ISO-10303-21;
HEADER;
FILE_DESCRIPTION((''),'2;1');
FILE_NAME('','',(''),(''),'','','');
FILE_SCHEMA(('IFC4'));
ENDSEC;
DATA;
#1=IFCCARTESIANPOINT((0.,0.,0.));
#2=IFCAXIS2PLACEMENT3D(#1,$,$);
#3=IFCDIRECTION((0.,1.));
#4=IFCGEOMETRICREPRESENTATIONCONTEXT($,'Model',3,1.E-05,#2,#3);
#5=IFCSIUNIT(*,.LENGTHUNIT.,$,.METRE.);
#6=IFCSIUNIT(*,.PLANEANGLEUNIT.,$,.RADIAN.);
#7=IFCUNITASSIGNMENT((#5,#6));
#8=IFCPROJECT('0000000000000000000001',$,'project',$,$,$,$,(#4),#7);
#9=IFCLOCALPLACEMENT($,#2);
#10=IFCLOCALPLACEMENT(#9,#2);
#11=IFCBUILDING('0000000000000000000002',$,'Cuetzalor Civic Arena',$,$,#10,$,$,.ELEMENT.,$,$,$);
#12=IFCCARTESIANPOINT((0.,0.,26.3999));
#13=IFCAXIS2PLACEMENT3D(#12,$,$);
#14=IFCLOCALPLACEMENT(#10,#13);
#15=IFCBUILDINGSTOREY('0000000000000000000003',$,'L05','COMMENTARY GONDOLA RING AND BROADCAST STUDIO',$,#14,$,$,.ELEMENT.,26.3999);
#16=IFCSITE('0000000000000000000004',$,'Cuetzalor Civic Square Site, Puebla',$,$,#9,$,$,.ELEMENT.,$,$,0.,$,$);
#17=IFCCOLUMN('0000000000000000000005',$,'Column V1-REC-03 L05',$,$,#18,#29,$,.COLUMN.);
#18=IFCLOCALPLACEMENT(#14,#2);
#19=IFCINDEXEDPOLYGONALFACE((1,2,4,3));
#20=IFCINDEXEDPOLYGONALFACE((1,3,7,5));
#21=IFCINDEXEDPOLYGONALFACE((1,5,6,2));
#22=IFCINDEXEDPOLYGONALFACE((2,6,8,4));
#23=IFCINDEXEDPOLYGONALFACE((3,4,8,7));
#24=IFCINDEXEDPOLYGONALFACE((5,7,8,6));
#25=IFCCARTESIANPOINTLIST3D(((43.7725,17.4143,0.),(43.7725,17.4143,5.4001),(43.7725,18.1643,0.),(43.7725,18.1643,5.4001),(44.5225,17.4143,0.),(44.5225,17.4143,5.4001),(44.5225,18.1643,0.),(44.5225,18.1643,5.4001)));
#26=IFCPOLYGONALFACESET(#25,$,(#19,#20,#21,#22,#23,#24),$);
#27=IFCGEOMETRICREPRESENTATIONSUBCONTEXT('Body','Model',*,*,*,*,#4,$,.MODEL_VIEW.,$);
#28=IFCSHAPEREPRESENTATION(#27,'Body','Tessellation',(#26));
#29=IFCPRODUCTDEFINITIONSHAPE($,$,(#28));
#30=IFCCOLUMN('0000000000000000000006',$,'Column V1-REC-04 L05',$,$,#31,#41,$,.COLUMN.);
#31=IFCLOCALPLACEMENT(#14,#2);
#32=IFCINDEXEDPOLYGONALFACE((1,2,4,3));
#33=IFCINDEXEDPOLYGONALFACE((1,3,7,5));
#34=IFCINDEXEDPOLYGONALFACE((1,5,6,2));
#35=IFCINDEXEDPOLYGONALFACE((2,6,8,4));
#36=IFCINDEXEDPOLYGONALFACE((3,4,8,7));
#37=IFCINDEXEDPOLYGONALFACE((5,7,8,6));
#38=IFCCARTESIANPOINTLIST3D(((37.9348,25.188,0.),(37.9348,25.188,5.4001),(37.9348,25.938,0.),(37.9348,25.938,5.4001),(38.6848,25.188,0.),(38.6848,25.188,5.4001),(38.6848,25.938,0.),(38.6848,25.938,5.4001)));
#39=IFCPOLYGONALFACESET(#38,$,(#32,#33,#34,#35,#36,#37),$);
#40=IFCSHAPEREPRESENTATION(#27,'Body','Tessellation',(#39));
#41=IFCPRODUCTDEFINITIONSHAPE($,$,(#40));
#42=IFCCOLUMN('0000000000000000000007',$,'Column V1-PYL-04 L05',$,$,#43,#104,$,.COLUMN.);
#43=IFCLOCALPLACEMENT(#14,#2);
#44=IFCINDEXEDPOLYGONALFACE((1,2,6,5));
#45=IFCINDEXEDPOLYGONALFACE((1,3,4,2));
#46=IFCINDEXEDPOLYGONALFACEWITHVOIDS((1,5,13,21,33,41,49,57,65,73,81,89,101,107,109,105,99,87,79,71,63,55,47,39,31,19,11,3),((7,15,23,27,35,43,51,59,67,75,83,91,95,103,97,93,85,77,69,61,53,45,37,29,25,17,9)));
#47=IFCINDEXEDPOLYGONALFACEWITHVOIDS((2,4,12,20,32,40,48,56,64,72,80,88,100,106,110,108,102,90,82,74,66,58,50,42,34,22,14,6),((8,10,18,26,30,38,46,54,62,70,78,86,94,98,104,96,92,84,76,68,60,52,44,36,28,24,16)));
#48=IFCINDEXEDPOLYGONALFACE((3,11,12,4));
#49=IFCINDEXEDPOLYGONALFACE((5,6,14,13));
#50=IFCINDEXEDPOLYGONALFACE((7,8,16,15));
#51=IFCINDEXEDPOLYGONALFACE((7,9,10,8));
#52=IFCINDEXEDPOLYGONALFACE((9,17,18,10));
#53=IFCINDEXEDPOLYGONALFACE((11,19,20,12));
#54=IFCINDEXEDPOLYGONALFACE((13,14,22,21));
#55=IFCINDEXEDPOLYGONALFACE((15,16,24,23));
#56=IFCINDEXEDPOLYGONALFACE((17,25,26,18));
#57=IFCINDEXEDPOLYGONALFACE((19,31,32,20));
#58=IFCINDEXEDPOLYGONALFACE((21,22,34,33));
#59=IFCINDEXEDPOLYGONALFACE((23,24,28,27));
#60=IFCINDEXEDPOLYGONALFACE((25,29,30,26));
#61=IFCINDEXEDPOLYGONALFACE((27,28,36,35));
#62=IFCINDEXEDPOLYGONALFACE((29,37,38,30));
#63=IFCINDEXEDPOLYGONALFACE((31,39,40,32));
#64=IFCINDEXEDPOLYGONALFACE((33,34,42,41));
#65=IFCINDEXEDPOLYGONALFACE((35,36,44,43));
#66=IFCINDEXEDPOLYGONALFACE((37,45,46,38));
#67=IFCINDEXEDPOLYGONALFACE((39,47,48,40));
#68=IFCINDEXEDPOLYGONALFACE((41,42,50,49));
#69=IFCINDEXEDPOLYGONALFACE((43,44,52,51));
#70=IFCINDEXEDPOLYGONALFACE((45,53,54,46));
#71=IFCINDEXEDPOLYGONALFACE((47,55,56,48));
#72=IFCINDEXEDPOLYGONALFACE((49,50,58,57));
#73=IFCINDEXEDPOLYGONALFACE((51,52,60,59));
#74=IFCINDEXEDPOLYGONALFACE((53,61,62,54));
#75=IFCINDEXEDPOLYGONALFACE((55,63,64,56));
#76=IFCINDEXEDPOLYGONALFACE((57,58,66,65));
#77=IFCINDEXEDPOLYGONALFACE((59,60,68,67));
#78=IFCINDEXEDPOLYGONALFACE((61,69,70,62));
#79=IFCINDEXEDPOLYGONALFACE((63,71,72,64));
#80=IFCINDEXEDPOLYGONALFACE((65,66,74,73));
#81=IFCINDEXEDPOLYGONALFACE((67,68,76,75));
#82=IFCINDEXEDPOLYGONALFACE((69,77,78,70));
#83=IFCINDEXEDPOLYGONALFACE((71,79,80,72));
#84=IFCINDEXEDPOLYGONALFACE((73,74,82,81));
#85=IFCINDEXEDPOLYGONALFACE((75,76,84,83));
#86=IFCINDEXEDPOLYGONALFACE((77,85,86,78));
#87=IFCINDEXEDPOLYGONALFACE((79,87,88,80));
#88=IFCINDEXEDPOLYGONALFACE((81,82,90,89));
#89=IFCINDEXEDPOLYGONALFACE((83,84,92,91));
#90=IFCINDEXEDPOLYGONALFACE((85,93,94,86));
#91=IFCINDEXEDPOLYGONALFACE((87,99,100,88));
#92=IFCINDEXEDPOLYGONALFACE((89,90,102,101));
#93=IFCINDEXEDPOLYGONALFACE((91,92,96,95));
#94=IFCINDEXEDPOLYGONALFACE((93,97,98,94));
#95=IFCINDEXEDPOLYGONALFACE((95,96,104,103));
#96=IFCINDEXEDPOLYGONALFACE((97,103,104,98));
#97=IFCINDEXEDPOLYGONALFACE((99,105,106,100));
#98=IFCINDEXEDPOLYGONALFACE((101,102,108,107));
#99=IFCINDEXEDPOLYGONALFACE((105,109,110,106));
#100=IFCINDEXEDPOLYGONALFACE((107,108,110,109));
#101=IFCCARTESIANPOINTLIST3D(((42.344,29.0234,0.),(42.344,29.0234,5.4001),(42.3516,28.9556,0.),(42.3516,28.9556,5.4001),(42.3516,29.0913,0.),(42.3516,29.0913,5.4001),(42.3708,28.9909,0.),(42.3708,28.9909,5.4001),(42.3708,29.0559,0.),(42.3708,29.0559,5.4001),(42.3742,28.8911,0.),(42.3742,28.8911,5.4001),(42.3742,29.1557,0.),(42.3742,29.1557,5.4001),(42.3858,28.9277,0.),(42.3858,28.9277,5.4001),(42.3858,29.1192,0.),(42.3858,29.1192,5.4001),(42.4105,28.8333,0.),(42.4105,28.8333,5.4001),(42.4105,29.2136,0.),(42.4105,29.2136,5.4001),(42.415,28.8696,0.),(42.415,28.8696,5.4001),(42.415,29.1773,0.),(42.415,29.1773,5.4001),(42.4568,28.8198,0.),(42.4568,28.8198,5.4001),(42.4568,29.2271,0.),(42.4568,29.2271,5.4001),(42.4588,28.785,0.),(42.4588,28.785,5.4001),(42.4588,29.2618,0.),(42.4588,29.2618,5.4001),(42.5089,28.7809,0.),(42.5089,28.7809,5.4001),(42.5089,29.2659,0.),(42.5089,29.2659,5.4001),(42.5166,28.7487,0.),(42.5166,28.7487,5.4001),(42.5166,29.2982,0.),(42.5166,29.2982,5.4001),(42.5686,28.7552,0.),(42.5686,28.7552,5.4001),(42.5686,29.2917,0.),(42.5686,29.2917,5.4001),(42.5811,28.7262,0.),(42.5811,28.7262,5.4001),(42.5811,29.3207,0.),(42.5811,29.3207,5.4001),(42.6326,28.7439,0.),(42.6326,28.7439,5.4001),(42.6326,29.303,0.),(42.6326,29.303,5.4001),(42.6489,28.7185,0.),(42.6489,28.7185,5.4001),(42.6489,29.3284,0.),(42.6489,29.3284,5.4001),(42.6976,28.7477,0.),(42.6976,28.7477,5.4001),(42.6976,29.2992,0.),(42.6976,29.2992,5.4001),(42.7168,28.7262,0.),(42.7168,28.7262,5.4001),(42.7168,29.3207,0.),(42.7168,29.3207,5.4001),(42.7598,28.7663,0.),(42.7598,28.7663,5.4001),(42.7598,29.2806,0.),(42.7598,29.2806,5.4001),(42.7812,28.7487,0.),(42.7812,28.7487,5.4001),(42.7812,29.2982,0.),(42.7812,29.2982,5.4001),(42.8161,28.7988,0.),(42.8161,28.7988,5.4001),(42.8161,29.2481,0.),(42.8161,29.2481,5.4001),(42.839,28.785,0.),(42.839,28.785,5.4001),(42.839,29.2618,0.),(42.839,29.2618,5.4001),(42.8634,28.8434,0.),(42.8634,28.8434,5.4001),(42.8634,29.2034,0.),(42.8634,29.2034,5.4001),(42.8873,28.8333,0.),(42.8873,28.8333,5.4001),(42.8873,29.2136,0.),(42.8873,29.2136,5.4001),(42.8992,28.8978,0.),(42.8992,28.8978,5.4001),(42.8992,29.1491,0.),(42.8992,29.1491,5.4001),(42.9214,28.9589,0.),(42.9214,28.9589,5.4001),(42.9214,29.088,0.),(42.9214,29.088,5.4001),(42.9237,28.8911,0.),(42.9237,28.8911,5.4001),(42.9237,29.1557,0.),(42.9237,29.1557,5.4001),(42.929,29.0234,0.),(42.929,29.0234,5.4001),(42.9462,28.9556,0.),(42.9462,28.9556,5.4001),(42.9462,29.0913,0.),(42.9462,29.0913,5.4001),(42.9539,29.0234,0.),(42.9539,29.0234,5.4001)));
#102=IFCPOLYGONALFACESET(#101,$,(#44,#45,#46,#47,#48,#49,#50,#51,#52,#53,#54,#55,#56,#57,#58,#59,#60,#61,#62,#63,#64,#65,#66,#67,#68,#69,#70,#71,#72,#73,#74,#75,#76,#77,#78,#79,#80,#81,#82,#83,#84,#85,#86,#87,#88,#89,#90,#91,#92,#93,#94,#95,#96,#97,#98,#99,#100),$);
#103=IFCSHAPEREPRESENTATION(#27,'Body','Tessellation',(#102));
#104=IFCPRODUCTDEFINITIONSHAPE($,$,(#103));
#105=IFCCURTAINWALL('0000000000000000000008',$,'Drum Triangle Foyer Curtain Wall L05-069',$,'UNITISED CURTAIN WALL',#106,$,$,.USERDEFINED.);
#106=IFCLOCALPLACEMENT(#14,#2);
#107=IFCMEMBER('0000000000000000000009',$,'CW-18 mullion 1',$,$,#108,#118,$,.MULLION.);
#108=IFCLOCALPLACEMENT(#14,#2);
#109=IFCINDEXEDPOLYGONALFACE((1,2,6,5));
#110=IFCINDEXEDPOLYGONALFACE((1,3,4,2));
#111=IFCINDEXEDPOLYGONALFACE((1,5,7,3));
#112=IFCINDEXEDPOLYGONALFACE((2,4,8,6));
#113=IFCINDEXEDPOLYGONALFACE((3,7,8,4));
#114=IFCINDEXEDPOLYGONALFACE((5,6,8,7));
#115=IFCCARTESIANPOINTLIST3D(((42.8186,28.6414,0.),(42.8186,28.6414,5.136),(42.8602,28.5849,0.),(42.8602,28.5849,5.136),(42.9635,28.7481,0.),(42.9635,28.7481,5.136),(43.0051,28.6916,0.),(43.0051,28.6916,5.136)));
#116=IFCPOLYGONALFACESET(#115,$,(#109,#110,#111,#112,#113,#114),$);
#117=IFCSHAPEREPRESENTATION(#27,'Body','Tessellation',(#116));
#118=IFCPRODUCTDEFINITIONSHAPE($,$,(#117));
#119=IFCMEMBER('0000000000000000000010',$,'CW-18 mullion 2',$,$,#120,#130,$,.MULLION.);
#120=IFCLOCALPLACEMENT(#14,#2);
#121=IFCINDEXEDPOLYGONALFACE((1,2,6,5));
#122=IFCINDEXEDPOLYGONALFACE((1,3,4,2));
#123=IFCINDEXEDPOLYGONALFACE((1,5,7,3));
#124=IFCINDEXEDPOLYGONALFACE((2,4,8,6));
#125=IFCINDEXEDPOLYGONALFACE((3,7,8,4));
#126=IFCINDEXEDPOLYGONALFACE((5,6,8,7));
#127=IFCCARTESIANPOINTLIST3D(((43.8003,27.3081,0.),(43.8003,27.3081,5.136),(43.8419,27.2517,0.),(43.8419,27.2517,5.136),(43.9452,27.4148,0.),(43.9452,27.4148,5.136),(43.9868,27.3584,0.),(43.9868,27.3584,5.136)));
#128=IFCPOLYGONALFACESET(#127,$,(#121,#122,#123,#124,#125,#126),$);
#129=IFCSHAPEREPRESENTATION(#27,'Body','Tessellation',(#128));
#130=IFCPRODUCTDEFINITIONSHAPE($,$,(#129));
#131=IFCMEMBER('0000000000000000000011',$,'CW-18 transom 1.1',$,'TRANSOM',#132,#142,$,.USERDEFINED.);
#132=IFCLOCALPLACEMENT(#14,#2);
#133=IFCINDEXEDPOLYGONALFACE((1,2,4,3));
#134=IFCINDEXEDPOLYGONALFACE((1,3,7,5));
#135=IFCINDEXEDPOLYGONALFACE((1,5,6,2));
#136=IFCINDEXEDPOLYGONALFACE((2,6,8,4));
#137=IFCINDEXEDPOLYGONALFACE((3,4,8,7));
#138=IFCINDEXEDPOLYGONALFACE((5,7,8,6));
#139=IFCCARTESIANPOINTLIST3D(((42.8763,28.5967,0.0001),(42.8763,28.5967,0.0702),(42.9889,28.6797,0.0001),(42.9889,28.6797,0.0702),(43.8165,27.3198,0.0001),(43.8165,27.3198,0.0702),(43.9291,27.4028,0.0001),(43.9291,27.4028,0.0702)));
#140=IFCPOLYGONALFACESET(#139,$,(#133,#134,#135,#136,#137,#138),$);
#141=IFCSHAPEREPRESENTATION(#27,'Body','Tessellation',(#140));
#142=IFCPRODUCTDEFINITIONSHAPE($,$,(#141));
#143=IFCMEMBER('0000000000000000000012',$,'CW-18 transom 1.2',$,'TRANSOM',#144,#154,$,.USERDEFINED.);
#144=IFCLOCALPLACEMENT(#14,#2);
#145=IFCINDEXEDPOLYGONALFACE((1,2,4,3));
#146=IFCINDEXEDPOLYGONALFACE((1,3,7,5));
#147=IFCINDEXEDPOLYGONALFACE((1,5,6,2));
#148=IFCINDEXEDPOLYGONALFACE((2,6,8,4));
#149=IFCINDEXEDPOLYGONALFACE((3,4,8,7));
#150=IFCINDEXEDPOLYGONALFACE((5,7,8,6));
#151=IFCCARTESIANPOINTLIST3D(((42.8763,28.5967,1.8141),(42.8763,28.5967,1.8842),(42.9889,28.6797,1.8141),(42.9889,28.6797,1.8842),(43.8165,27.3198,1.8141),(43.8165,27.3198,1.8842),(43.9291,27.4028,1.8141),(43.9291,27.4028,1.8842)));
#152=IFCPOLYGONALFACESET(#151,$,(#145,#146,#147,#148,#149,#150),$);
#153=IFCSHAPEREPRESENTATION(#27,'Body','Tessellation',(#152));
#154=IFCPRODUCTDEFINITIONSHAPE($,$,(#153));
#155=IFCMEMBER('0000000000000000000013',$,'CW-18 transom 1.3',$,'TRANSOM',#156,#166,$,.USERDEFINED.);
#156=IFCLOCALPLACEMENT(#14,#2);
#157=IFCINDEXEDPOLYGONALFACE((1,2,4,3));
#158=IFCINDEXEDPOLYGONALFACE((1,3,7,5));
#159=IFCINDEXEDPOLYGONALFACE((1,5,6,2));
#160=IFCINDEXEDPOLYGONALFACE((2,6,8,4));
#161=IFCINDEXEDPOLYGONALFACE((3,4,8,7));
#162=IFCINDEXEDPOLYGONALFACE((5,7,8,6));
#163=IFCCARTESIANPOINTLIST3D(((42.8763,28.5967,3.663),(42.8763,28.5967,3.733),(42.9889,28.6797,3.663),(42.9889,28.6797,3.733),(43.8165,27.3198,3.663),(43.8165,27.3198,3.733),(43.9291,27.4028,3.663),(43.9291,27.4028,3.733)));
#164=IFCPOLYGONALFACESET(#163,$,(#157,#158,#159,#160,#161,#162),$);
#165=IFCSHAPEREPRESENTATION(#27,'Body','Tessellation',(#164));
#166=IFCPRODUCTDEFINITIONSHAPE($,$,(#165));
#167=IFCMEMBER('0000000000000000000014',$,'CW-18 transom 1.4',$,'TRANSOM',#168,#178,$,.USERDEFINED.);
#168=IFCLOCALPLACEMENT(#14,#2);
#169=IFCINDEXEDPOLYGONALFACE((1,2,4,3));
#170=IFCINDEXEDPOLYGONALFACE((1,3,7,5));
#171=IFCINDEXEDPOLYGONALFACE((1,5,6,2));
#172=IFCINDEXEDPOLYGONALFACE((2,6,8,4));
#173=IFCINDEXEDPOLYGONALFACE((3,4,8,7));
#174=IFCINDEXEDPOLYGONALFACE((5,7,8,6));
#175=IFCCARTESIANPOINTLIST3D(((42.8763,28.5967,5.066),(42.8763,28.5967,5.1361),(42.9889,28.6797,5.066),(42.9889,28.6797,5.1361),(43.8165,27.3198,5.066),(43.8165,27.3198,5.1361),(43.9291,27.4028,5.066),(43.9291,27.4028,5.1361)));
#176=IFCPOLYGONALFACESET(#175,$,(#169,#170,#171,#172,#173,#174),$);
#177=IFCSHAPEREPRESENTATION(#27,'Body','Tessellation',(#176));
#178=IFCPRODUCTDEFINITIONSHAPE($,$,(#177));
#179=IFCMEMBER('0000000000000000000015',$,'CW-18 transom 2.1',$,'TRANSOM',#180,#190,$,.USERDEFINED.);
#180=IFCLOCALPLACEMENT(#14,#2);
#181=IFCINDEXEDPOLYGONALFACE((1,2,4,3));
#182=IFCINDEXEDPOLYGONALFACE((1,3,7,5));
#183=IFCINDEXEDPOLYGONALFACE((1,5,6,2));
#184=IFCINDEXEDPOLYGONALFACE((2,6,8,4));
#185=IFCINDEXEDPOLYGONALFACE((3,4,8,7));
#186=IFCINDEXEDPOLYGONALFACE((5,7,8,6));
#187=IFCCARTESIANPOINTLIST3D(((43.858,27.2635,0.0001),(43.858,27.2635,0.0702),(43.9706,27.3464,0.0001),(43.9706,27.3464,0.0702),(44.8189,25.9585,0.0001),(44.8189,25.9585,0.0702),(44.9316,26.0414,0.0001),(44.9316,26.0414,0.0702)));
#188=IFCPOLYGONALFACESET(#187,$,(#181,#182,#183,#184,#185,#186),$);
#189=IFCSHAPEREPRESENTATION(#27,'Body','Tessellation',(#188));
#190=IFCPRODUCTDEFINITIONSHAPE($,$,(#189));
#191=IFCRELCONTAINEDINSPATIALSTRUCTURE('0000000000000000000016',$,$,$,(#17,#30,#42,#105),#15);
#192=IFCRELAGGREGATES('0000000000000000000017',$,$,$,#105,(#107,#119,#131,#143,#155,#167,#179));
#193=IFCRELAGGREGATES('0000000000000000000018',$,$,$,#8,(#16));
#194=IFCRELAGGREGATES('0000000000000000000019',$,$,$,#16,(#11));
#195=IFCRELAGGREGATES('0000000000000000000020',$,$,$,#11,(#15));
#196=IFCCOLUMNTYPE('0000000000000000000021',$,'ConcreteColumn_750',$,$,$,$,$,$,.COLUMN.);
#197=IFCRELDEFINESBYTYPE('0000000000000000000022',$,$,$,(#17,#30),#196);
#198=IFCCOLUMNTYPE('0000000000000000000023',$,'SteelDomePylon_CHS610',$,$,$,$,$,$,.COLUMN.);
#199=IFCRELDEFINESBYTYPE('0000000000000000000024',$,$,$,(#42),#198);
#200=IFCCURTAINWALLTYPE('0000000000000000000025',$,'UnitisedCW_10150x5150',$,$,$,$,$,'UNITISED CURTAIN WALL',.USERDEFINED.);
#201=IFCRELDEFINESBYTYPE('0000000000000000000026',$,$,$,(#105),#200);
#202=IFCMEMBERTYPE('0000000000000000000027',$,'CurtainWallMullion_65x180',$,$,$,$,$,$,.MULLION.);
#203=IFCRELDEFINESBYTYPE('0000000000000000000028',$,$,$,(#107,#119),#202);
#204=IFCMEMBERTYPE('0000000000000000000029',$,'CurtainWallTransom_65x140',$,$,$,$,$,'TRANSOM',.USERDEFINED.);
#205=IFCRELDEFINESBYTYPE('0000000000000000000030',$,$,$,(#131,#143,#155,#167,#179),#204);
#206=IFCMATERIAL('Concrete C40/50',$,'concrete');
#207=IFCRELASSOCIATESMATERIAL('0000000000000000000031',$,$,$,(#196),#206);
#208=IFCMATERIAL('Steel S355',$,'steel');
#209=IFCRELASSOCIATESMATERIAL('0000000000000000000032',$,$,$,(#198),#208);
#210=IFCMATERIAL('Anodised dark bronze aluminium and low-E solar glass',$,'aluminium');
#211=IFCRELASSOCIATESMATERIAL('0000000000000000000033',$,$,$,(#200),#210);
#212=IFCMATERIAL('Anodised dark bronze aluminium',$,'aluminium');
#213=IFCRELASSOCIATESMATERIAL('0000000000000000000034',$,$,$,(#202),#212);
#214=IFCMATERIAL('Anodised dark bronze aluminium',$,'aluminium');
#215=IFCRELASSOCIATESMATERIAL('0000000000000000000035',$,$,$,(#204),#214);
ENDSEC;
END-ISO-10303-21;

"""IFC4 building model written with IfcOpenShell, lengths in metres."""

from ifc_helpers import new_model, si_unit, direction, frame, origin, origin_2d, place, context, subcontext, project, spatial, rectangle, hollow_circle, extrude, material, material_profile, profile_set, type_object, element, aggregate, save


model = new_model("IFC4")

# Units and contexts
model_context = context("Model", 3, precision=1e-05, world=origin(), true_north=direction((0.0, 1.0)))
body_context = subcontext(model_context, "Body", "Model", "MODEL_VIEW")
ifc_project = project(units=[si_unit("LENGTHUNIT", "METRE"), si_unit("PLANEANGLEUNIT", "RADIAN")], contexts=[model_context])

# Site, building, storey
site_placement = place(None, origin())
site = spatial("IfcSite", under=ifc_project, at=site_placement, Name="Cuetzalor Civic Square Site, Puebla", CompositionType="ELEMENT", RefElevation=0.0)
building_placement = place(site_placement, origin())
building = spatial("IfcBuilding", under=site, at=building_placement, Name="Cuetzalor Civic Arena", CompositionType="ELEMENT")
storey_placement = place(building_placement, frame((0.0, 0.0, 26.3999)))
storey = spatial("IfcBuildingStorey", under=building, at=storey_placement, Name="L05", Description="COMMENTARY GONDOLA RING AND BROADCAST STUDIO", CompositionType="ELEMENT", Elevation=26.3999)

# Columns
ifc_material_1 = material(Name="Concrete C40/50", Category="concrete")
ifc_material_profile_1 = material_profile(ifc_material_1, rectangle(XDim=0.75, YDim=0.75, at=origin_2d()), Name="RC 750x750")
ifc_profile_set_1 = profile_set([ifc_material_profile_1], Name="Concrete C40/50")
column_type_1 = type_object("IfcColumnType", Name="ConcreteColumn_750", PredefinedType="COLUMN", material=ifc_profile_set_1)
for number, where, z_axis, x_axis, name in (
    (1, (44.1475, 17.7893, 0.0), (0.0, 0.0, 1.0), (1.0, 0.0, 0.0), "Column V1-REC-03 L05"),
    (2, (38.3098, 25.563, 0.0), (0.0, 0.0, 1.0), (1.0, 0.0, 0.0), "Column V1-REC-04 L05"),
):
    element("IfcColumn", number, at=place(storey_placement, frame(where, z_axis=z_axis, x_axis=x_axis)), inside=storey, type_object=column_type_1, Name=name, PredefinedType="COLUMN", context=body_context, shape_type="SweptSolid", body=[
        extrude(rectangle(XDim=0.75, YDim=0.75, at=origin_2d()), origin(), (0.0, 0.0, 1.0), 5.4001),
    ])
ifc_material_2 = material(Name="Steel S355", Category="steel")
ifc_material_profile_2 = material_profile(ifc_material_2, hollow_circle(Radius=0.3049, WallThickness=0.0249, at=origin_2d()), Name="CHS 610x25")
ifc_profile_set_2 = profile_set([ifc_material_profile_2], Name="Steel S355")
column_type_2 = type_object("IfcColumnType", Name="SteelDomePylon_CHS610", PredefinedType="COLUMN", material=ifc_profile_set_2)
column_placement = place(storey_placement, frame((42.6489, 29.0234, 0.0), z_axis=(0.0, 0.0, 1.0), x_axis=(1.0, 0.0, 0.0)))
element("IfcColumn", 3, at=column_placement, inside=storey, type_object=column_type_2, Name="Column V1-PYL-04 L05", PredefinedType="COLUMN", context=body_context, shape_type="SweptSolid", body=[
    extrude(hollow_circle(Radius=0.3049, WallThickness=0.0249, at=origin_2d()), origin(), (0.0, 0.0, 1.0), 5.4001),
])

# Curtain wall, members
ifc_material_3 = material(Name="Anodised dark bronze aluminium and low-E solar glass", Category="aluminium")
curtain_wall_type = type_object("IfcCurtainWallType", Name="UnitisedCW_10150x5150", ElementType="UNITISED CURTAIN WALL", PredefinedType="USERDEFINED", material=ifc_material_3)
curtain_wall_placement = place(storey_placement, origin())
curtain_wall = element("IfcCurtainWall", 4, at=curtain_wall_placement, inside=storey, type_object=curtain_wall_type, Name="Drum Triangle Foyer Curtain Wall L05-069", ObjectType="UNITISED CURTAIN WALL", PredefinedType="USERDEFINED")
ifc_material_4 = material(Name="Anodised dark bronze aluminium", Category="aluminium")
ifc_material_profile_3 = material_profile(ifc_material_4, rectangle(XDim=0.0701, YDim=0.1799, at=origin_2d()), Name="ALU MULLION 70x180")
ifc_profile_set_3 = profile_set([ifc_material_profile_3], Name="Anodised dark bronze aluminium")
member_type_1 = type_object("IfcMemberType", Name="CurtainWallMullion_65x180", PredefinedType="MULLION", material=ifc_profile_set_3)
member_1_placement = place(storey_placement, frame((42.9119, 28.6665, 0.0), z_axis=(0.0, 0.0, 1.0), x_axis=(0.592929, -0.805255, 0.0)))
member_1 = element("IfcMember", 5, at=member_1_placement, type_object=member_type_1, Name="CW-18 mullion 1", PredefinedType="MULLION", context=body_context, shape_type="SweptSolid", body=[
    extrude(rectangle(XDim=0.0701, YDim=0.1799, at=origin_2d()), origin(), (0.0, 0.0, 1.0), 5.136),
])
member_2_placement = place(storey_placement, frame((43.8936, 27.3333, 0.0), z_axis=(0.0, 0.0, 1.0), x_axis=(0.592929, -0.805255, 0.0)))
member_2 = element("IfcMember", 6, at=member_2_placement, type_object=member_type_1, Name="CW-18 mullion 2", PredefinedType="MULLION", context=body_context, shape_type="SweptSolid", body=[
    extrude(rectangle(XDim=0.0701, YDim=0.1799, at=origin_2d()), origin(), (0.0, 0.0, 1.0), 5.136),
])
ifc_material_5 = material(Name="Anodised dark bronze aluminium", Category="aluminium")
ifc_material_profile_4 = material_profile(ifc_material_5, rectangle(XDim=0.1399, YDim=0.0701, at=origin_2d()), Name="ALU TRANSOM 70x140")
ifc_profile_set_4 = profile_set([ifc_material_profile_4], Name="Anodised dark bronze aluminium")
member_type_2 = type_object("IfcMemberType", Name="CurtainWallTransom_65x140", ElementType="TRANSOM", PredefinedType="USERDEFINED", material=ifc_profile_set_4)
member_3_placement = place(storey_placement, frame((42.9326, 28.6382, 0.0352), z_axis=(0.592931, -0.805253, 0.0), x_axis=(0.805253, 0.592931, 0.0)))
member_3 = element("IfcMember", 7, at=member_3_placement, type_object=member_type_2, Name="CW-18 transom 1.1", ObjectType="TRANSOM", PredefinedType="USERDEFINED", context=body_context, shape_type="SweptSolid", body=[
    extrude(rectangle(XDim=0.1399, YDim=0.0701, at=origin_2d()), origin(), (0.0, 0.0, 1.0), 1.5857),
])
member_4_placement = place(storey_placement, frame((42.9326, 28.6382, 1.8491), z_axis=(0.592931, -0.805253, 0.0), x_axis=(0.805253, 0.592931, 0.0)))
member_4 = element("IfcMember", 8, at=member_4_placement, type_object=member_type_2, Name="CW-18 transom 1.2", ObjectType="TRANSOM", PredefinedType="USERDEFINED", context=body_context, shape_type="SweptSolid", body=[
    extrude(rectangle(XDim=0.1399, YDim=0.0701, at=origin_2d()), origin(), (0.0, 0.0, 1.0), 1.5857),
])
member_5_placement = place(storey_placement, frame((42.9326, 28.6382, 3.698), z_axis=(0.592931, -0.805253, 0.0), x_axis=(0.805253, 0.592931, 0.0)))
member_5 = element("IfcMember", 9, at=member_5_placement, type_object=member_type_2, Name="CW-18 transom 1.3", ObjectType="TRANSOM", PredefinedType="USERDEFINED", context=body_context, shape_type="SweptSolid", body=[
    extrude(rectangle(XDim=0.1399, YDim=0.0701, at=origin_2d()), origin(), (0.0, 0.0, 1.0), 1.5857),
])
member_6_placement = place(storey_placement, frame((42.9326, 28.6382, 5.1011), z_axis=(0.592931, -0.805253, 0.0), x_axis=(0.805253, 0.592931, 0.0)))
member_6 = element("IfcMember", 10, at=member_6_placement, type_object=member_type_2, Name="CW-18 transom 1.4", ObjectType="TRANSOM", PredefinedType="USERDEFINED", context=body_context, shape_type="SweptSolid", body=[
    extrude(rectangle(XDim=0.1399, YDim=0.0701, at=origin_2d()), origin(), (0.0, 0.0, 1.0), 1.5857),
])
member_7_placement = place(storey_placement, frame((43.9143, 27.3049, 0.0352), z_axis=(0.592963, -0.80523, 0.0), x_axis=(0.80523, 0.592963, 0.0)))
member_7 = element("IfcMember", 11, at=member_7_placement, type_object=member_type_2, Name="CW-18 transom 2.1", ObjectType="TRANSOM", PredefinedType="USERDEFINED", context=body_context, shape_type="SweptSolid", body=[
    extrude(rectangle(XDim=0.1399, YDim=0.0701, at=origin_2d()), origin(), (0.0, 0.0, 1.0), 1.6206),
])
aggregate(curtain_wall, [member_1, member_2, member_3, member_4, member_5, member_6, member_7])

save(model, "model.ifc")
